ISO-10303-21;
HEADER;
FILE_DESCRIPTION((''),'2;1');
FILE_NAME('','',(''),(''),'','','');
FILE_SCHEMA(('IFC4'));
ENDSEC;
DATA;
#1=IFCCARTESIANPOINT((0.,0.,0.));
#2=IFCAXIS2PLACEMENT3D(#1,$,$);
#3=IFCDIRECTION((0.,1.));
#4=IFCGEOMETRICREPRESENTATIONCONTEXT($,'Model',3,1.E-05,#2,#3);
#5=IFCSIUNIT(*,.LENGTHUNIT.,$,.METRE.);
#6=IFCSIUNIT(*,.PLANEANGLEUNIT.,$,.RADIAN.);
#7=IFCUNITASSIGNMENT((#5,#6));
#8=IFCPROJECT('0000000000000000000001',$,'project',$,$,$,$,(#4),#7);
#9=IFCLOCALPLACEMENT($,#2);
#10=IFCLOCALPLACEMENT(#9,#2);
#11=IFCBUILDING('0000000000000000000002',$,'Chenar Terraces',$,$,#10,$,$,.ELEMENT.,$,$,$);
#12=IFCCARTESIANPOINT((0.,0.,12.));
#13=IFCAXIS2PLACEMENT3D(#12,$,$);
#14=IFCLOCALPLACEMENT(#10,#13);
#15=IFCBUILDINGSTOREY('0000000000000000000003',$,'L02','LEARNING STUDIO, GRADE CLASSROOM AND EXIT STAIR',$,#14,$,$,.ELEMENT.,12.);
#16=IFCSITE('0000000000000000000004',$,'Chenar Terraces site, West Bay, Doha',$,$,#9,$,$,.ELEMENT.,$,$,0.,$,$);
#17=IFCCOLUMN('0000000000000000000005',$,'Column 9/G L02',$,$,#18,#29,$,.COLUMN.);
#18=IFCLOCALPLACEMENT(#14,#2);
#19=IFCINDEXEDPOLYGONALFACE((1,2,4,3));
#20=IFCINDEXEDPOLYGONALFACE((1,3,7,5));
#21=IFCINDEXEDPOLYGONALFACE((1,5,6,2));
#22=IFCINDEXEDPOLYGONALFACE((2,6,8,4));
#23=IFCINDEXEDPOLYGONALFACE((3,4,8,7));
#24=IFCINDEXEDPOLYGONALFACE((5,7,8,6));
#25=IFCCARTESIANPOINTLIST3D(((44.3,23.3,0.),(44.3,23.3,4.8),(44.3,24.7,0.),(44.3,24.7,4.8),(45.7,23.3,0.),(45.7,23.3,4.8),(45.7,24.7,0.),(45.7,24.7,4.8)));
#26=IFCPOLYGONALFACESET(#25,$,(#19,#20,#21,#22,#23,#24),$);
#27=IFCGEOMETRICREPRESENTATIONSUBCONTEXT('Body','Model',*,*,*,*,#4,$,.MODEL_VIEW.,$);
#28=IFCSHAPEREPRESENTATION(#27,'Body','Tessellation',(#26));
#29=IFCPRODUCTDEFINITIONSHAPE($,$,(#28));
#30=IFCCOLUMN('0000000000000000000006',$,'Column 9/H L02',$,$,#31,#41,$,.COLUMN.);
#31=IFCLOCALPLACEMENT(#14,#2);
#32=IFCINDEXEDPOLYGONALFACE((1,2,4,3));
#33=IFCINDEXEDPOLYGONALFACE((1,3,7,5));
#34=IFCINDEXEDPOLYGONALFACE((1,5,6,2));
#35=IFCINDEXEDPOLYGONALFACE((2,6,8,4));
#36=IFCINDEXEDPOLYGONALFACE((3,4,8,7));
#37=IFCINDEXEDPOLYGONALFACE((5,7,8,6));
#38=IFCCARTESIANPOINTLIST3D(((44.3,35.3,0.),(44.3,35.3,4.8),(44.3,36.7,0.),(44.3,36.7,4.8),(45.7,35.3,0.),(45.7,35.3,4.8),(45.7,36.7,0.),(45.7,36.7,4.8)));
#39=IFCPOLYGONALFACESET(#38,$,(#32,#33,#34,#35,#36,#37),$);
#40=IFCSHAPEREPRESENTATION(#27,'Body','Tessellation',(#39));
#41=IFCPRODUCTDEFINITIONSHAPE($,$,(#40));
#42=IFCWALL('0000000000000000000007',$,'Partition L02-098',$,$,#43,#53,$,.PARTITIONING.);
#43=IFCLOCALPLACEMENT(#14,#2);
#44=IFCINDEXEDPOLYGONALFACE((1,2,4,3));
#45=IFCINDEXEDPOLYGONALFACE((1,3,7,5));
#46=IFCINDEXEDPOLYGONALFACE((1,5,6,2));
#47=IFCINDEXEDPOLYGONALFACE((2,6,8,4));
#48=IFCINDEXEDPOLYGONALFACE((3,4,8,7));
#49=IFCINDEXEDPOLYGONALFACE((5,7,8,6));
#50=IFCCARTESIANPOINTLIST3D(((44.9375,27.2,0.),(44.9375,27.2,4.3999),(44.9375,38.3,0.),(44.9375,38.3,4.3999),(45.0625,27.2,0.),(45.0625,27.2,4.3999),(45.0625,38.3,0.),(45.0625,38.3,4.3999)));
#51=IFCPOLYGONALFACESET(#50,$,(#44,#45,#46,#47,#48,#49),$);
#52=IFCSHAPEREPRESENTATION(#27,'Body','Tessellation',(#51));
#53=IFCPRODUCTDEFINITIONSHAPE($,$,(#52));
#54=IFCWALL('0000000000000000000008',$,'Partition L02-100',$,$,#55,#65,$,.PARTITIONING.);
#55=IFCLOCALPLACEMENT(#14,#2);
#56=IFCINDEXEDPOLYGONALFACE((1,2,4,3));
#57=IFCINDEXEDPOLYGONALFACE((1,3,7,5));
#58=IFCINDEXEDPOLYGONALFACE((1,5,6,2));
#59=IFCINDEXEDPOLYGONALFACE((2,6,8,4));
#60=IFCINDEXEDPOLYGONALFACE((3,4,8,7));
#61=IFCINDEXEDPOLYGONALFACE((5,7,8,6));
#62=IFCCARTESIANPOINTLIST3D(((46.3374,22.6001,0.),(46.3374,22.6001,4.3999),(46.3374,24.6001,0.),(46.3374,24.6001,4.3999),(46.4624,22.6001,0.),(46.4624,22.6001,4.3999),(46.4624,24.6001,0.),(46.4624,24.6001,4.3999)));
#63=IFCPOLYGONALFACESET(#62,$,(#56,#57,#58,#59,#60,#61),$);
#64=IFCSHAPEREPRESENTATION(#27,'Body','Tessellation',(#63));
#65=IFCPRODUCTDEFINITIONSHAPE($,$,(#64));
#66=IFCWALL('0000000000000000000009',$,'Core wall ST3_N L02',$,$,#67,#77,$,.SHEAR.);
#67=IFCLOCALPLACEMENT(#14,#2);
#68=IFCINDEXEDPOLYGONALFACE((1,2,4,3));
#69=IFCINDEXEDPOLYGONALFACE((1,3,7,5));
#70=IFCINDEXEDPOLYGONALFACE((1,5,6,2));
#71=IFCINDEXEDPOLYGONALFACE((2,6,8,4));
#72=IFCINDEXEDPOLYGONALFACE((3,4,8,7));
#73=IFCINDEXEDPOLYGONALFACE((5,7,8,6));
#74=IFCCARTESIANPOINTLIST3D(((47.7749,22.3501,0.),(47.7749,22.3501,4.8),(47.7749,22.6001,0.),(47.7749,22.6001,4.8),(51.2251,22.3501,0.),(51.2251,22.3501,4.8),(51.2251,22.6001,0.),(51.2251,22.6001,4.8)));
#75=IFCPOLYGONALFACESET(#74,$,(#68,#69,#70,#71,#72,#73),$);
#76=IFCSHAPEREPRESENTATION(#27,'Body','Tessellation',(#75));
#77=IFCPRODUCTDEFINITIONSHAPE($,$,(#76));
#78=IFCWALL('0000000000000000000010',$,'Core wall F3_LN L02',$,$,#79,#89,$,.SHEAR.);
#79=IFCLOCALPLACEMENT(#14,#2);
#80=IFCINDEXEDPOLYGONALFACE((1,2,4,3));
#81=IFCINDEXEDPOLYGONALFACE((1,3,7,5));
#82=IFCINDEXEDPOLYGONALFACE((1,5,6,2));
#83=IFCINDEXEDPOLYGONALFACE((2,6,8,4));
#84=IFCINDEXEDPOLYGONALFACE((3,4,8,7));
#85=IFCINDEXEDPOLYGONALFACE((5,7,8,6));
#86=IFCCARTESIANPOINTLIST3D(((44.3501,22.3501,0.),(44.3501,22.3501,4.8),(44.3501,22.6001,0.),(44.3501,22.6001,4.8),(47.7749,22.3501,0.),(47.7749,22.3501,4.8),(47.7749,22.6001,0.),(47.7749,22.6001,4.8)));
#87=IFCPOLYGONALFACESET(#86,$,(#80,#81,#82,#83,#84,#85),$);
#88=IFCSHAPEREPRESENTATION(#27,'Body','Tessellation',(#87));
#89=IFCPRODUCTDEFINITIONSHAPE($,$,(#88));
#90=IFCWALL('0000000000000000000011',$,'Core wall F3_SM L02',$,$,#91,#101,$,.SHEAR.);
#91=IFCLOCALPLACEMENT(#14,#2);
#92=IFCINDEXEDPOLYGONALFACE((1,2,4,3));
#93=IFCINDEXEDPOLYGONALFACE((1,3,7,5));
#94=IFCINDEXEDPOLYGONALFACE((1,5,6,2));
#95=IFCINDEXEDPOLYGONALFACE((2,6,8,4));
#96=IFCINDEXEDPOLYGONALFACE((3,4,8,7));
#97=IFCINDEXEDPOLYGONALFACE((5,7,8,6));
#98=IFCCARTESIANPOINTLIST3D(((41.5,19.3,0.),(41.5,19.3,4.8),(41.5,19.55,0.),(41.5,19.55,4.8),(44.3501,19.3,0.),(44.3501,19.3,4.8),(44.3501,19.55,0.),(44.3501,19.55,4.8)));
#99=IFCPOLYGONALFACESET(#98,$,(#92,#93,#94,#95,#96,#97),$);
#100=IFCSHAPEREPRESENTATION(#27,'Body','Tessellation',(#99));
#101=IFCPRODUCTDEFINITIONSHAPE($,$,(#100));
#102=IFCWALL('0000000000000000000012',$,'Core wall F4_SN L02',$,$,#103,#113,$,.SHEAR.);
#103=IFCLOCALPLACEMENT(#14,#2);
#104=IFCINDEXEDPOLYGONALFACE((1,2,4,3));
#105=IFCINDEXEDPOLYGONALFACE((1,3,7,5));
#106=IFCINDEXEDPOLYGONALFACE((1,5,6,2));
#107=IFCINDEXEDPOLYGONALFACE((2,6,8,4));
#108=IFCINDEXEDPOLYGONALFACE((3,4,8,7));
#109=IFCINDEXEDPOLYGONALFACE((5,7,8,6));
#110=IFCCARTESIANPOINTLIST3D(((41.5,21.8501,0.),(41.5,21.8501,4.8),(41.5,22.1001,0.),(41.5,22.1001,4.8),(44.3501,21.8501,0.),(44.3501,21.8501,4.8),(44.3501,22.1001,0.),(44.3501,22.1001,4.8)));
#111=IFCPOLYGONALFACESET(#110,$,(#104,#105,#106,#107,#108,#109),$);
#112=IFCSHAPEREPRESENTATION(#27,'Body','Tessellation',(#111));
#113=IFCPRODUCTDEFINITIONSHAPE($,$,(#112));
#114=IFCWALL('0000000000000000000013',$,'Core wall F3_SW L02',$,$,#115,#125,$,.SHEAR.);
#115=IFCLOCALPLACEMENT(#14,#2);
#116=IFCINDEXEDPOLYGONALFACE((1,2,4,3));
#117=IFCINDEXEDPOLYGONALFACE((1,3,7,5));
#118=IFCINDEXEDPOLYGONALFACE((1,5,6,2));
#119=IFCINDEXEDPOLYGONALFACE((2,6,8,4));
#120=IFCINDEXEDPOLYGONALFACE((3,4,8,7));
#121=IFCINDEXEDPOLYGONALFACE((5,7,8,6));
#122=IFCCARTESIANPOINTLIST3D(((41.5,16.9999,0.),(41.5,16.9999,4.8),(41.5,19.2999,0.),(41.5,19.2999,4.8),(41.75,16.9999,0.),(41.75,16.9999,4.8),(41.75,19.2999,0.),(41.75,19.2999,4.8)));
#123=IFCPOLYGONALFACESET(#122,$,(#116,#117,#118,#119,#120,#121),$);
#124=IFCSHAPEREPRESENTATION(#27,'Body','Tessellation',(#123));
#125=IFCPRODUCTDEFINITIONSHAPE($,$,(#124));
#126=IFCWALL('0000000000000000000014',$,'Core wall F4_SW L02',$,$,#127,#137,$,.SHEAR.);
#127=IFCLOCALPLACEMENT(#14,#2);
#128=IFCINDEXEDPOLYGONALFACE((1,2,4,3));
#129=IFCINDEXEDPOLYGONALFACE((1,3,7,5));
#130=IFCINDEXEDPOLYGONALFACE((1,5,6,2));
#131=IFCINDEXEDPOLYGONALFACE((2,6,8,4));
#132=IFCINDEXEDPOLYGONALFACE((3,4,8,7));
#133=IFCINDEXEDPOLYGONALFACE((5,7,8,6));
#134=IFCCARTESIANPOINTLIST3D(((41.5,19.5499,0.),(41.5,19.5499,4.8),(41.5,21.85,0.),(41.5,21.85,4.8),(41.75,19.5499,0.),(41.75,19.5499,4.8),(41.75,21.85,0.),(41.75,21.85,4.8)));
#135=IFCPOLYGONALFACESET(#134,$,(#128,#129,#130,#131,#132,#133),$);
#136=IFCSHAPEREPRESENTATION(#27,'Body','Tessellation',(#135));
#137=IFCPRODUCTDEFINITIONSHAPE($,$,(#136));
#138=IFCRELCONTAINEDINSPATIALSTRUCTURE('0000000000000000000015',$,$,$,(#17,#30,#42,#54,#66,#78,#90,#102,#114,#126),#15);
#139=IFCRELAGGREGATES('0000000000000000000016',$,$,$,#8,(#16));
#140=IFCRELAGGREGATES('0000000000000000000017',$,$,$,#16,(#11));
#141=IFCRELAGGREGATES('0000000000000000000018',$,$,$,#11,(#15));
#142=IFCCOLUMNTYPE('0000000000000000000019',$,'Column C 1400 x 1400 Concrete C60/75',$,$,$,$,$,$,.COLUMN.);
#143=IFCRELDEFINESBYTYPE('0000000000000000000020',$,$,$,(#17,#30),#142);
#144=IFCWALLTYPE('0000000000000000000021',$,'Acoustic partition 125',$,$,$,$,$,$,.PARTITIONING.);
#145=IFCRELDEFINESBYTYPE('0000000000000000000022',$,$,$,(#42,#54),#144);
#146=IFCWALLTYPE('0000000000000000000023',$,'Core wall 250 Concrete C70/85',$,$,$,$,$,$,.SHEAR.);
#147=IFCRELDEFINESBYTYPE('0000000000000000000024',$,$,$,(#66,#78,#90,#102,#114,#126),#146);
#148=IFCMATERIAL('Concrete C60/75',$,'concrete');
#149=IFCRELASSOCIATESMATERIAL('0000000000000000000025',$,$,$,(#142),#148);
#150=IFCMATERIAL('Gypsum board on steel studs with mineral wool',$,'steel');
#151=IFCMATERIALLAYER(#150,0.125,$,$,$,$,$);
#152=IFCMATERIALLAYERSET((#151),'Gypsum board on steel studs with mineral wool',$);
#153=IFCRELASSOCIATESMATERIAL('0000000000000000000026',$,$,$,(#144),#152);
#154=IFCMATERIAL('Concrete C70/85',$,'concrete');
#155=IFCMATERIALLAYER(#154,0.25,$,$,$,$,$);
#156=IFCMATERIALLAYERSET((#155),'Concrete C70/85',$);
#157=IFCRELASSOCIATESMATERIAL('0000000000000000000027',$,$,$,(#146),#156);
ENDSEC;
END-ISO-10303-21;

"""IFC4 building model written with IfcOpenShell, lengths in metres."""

from ifc_helpers import new_model, si_unit, direction, frame, frame_2d, origin, origin_2d, place, context, subcontext, project, spatial, rectangle, extrude, material, layer, layer_set, material_profile, profile_set, type_object, element, save


model = new_model("IFC4")

# Units and contexts
model_context = context("Model", 3, precision=1e-05, world=origin(), true_north=direction((0.0, 1.0)))
body_context = subcontext(model_context, "Body", "Model", "MODEL_VIEW")
ifc_project = project(units=[si_unit("LENGTHUNIT", "METRE"), si_unit("PLANEANGLEUNIT", "RADIAN")], contexts=[model_context])

# Site, building, storey
site_placement = place(None, origin())
site = spatial("IfcSite", under=ifc_project, at=site_placement, Name="Chenar Terraces site, West Bay, Doha", CompositionType="ELEMENT", RefElevation=0.0)
building_placement = place(site_placement, origin())
building = spatial("IfcBuilding", under=site, at=building_placement, Name="Chenar Terraces", CompositionType="ELEMENT")
storey_placement = place(building_placement, frame((0.0, 0.0, 12.0)))
storey = spatial("IfcBuildingStorey", under=building, at=storey_placement, Name="L02", Description="LEARNING STUDIO, GRADE CLASSROOM AND EXIT STAIR", CompositionType="ELEMENT", Elevation=12.0)

# Columns
ifc_material_1 = material(Name="Concrete C60/75", Category="concrete")
ifc_material_profile = material_profile(ifc_material_1, rectangle(XDim=1.3999, YDim=1.3999, at=origin_2d()), Name="C 1400 x 1400")
ifc_profile_set = profile_set([ifc_material_profile], Name="Concrete C60/75")
column_type = type_object("IfcColumnType", Name="Column C 1400 x 1400 Concrete C60/75", PredefinedType="COLUMN", material=ifc_profile_set)
for number, where, z_axis, x_axis, name in (
    (1, (45.0, 24.0, 0.0), (0.0, 0.0, 1.0), (1.0, 0.0, 0.0), "Column 9/G L02"),
    (2, (45.0, 36.0, 0.0), (0.0, 0.0, 1.0), (1.0, 0.0, 0.0), "Column 9/H L02"),
):
    element("IfcColumn", number, at=place(storey_placement, frame(where, z_axis=z_axis, x_axis=x_axis)), inside=storey, type_object=column_type, Name=name, PredefinedType="COLUMN", context=body_context, shape_type="SweptSolid", body=[
        extrude(rectangle(XDim=1.3999, YDim=1.3999, at=origin_2d()), origin(), (0.0, 0.0, 1.0), 4.8),
    ])

# Walls
ifc_material_2 = material(Name="Gypsum board on steel studs with mineral wool", Category="steel")
ifc_layer_1 = layer(ifc_material_2, 0.125)
ifc_layer_set_1 = layer_set([ifc_layer_1], Name="Gypsum board on steel studs with mineral wool")
wall_type_1 = type_object("IfcWallType", Name="Acoustic partition 125", PredefinedType="PARTITIONING", material=ifc_layer_set_1)
wall_1_placement = place(storey_placement, frame((45.0, 27.2, 0.0), z_axis=(0.0, 0.0, 1.0), x_axis=(0.0, 1.0, 0.0)))
element("IfcWall", 3, at=wall_1_placement, inside=storey, type_object=wall_type_1, Name="Partition L02-098", PredefinedType="PARTITIONING", context=body_context, shape_type="SweptSolid", body=[
    extrude(rectangle(XDim=11.1001, YDim=0.125, at=frame_2d((5.55, 0.0))), origin(), (0.0, 0.0, 1.0), 4.3999),
])
wall_2_placement = place(storey_placement, frame((46.3999, 22.6001, 0.0), z_axis=(0.0, 0.0, 1.0), x_axis=(0.0, 1.0, 0.0)))
element("IfcWall", 4, at=wall_2_placement, inside=storey, type_object=wall_type_1, Name="Partition L02-100", PredefinedType="PARTITIONING", context=body_context, shape_type="SweptSolid", body=[
    extrude(rectangle(XDim=2.0, YDim=0.125, at=frame_2d((1.0, 0.0))), origin(), (0.0, 0.0, 1.0), 4.3999),
])
ifc_material_3 = material(Name="Concrete C70/85", Category="concrete")
ifc_layer_2 = layer(ifc_material_3, 0.25)
ifc_layer_set_2 = layer_set([ifc_layer_2], Name="Concrete C70/85")
wall_type_2 = type_object("IfcWallType", Name="Core wall 250 Concrete C70/85", PredefinedType="SHEAR", material=ifc_layer_set_2)
wall_3_placement = place(storey_placement, frame((47.7749, 22.4751, 0.0), z_axis=(0.0, 0.0, 1.0), x_axis=(1.0, 0.0, 0.0)))
element("IfcWall", 5, at=wall_3_placement, inside=storey, type_object=wall_type_2, Name="Core wall ST3_N L02", PredefinedType="SHEAR", context=body_context, shape_type="SweptSolid", body=[
    extrude(rectangle(XDim=3.4502, YDim=0.25, at=frame_2d((1.7251, 0.0))), origin(), (0.0, 0.0, 1.0), 4.8),
])
wall_4_placement = place(storey_placement, frame((44.3501, 22.4751, 0.0), z_axis=(0.0, 0.0, 1.0), x_axis=(1.0, 0.0, 0.0)))
element("IfcWall", 6, at=wall_4_placement, inside=storey, type_object=wall_type_2, Name="Core wall F3_LN L02", PredefinedType="SHEAR", context=body_context, shape_type="SweptSolid", body=[
    extrude(rectangle(XDim=3.4248, YDim=0.25, at=frame_2d((1.7124, 0.0))), origin(), (0.0, 0.0, 1.0), 4.8),
])
for number, where, z_axis, x_axis, name in (
    (7, (41.5, 19.425, 0.0), (0.0, 0.0, 1.0), (1.0, 0.0, 0.0), "Core wall F3_SM L02"),
    (8, (41.5, 21.9751, 0.0), (0.0, 0.0, 1.0), (1.0, 0.0, 0.0), "Core wall F4_SN L02"),
):
    element("IfcWall", number, at=place(storey_placement, frame(where, z_axis=z_axis, x_axis=x_axis)), inside=storey, type_object=wall_type_2, Name=name, PredefinedType="SHEAR", context=body_context, shape_type="SweptSolid", body=[
        extrude(rectangle(XDim=2.8501, YDim=0.25, at=frame_2d((1.425, 0.0))), origin(), (0.0, 0.0, 1.0), 4.8),
    ])
for number, where, z_axis, x_axis, name in (
    (9, (41.625, 17.0, 0.0), (0.0, 0.0, 1.0), (0.0, 1.0, 0.0), "Core wall F3_SW L02"),
    (10, (41.625, 19.55, 0.0), (0.0, 0.0, 1.0), (0.0, 1.0, 0.0), "Core wall F4_SW L02"),
):
    element("IfcWall", number, at=place(storey_placement, frame(where, z_axis=z_axis, x_axis=x_axis)), inside=storey, type_object=wall_type_2, Name=name, PredefinedType="SHEAR", context=body_context, shape_type="SweptSolid", body=[
        extrude(rectangle(XDim=2.3, YDim=0.25, at=frame_2d((1.1499, 0.0))), origin(), (0.0, 0.0, 1.0), 4.8),
    ])

save(model, "model.ifc")
